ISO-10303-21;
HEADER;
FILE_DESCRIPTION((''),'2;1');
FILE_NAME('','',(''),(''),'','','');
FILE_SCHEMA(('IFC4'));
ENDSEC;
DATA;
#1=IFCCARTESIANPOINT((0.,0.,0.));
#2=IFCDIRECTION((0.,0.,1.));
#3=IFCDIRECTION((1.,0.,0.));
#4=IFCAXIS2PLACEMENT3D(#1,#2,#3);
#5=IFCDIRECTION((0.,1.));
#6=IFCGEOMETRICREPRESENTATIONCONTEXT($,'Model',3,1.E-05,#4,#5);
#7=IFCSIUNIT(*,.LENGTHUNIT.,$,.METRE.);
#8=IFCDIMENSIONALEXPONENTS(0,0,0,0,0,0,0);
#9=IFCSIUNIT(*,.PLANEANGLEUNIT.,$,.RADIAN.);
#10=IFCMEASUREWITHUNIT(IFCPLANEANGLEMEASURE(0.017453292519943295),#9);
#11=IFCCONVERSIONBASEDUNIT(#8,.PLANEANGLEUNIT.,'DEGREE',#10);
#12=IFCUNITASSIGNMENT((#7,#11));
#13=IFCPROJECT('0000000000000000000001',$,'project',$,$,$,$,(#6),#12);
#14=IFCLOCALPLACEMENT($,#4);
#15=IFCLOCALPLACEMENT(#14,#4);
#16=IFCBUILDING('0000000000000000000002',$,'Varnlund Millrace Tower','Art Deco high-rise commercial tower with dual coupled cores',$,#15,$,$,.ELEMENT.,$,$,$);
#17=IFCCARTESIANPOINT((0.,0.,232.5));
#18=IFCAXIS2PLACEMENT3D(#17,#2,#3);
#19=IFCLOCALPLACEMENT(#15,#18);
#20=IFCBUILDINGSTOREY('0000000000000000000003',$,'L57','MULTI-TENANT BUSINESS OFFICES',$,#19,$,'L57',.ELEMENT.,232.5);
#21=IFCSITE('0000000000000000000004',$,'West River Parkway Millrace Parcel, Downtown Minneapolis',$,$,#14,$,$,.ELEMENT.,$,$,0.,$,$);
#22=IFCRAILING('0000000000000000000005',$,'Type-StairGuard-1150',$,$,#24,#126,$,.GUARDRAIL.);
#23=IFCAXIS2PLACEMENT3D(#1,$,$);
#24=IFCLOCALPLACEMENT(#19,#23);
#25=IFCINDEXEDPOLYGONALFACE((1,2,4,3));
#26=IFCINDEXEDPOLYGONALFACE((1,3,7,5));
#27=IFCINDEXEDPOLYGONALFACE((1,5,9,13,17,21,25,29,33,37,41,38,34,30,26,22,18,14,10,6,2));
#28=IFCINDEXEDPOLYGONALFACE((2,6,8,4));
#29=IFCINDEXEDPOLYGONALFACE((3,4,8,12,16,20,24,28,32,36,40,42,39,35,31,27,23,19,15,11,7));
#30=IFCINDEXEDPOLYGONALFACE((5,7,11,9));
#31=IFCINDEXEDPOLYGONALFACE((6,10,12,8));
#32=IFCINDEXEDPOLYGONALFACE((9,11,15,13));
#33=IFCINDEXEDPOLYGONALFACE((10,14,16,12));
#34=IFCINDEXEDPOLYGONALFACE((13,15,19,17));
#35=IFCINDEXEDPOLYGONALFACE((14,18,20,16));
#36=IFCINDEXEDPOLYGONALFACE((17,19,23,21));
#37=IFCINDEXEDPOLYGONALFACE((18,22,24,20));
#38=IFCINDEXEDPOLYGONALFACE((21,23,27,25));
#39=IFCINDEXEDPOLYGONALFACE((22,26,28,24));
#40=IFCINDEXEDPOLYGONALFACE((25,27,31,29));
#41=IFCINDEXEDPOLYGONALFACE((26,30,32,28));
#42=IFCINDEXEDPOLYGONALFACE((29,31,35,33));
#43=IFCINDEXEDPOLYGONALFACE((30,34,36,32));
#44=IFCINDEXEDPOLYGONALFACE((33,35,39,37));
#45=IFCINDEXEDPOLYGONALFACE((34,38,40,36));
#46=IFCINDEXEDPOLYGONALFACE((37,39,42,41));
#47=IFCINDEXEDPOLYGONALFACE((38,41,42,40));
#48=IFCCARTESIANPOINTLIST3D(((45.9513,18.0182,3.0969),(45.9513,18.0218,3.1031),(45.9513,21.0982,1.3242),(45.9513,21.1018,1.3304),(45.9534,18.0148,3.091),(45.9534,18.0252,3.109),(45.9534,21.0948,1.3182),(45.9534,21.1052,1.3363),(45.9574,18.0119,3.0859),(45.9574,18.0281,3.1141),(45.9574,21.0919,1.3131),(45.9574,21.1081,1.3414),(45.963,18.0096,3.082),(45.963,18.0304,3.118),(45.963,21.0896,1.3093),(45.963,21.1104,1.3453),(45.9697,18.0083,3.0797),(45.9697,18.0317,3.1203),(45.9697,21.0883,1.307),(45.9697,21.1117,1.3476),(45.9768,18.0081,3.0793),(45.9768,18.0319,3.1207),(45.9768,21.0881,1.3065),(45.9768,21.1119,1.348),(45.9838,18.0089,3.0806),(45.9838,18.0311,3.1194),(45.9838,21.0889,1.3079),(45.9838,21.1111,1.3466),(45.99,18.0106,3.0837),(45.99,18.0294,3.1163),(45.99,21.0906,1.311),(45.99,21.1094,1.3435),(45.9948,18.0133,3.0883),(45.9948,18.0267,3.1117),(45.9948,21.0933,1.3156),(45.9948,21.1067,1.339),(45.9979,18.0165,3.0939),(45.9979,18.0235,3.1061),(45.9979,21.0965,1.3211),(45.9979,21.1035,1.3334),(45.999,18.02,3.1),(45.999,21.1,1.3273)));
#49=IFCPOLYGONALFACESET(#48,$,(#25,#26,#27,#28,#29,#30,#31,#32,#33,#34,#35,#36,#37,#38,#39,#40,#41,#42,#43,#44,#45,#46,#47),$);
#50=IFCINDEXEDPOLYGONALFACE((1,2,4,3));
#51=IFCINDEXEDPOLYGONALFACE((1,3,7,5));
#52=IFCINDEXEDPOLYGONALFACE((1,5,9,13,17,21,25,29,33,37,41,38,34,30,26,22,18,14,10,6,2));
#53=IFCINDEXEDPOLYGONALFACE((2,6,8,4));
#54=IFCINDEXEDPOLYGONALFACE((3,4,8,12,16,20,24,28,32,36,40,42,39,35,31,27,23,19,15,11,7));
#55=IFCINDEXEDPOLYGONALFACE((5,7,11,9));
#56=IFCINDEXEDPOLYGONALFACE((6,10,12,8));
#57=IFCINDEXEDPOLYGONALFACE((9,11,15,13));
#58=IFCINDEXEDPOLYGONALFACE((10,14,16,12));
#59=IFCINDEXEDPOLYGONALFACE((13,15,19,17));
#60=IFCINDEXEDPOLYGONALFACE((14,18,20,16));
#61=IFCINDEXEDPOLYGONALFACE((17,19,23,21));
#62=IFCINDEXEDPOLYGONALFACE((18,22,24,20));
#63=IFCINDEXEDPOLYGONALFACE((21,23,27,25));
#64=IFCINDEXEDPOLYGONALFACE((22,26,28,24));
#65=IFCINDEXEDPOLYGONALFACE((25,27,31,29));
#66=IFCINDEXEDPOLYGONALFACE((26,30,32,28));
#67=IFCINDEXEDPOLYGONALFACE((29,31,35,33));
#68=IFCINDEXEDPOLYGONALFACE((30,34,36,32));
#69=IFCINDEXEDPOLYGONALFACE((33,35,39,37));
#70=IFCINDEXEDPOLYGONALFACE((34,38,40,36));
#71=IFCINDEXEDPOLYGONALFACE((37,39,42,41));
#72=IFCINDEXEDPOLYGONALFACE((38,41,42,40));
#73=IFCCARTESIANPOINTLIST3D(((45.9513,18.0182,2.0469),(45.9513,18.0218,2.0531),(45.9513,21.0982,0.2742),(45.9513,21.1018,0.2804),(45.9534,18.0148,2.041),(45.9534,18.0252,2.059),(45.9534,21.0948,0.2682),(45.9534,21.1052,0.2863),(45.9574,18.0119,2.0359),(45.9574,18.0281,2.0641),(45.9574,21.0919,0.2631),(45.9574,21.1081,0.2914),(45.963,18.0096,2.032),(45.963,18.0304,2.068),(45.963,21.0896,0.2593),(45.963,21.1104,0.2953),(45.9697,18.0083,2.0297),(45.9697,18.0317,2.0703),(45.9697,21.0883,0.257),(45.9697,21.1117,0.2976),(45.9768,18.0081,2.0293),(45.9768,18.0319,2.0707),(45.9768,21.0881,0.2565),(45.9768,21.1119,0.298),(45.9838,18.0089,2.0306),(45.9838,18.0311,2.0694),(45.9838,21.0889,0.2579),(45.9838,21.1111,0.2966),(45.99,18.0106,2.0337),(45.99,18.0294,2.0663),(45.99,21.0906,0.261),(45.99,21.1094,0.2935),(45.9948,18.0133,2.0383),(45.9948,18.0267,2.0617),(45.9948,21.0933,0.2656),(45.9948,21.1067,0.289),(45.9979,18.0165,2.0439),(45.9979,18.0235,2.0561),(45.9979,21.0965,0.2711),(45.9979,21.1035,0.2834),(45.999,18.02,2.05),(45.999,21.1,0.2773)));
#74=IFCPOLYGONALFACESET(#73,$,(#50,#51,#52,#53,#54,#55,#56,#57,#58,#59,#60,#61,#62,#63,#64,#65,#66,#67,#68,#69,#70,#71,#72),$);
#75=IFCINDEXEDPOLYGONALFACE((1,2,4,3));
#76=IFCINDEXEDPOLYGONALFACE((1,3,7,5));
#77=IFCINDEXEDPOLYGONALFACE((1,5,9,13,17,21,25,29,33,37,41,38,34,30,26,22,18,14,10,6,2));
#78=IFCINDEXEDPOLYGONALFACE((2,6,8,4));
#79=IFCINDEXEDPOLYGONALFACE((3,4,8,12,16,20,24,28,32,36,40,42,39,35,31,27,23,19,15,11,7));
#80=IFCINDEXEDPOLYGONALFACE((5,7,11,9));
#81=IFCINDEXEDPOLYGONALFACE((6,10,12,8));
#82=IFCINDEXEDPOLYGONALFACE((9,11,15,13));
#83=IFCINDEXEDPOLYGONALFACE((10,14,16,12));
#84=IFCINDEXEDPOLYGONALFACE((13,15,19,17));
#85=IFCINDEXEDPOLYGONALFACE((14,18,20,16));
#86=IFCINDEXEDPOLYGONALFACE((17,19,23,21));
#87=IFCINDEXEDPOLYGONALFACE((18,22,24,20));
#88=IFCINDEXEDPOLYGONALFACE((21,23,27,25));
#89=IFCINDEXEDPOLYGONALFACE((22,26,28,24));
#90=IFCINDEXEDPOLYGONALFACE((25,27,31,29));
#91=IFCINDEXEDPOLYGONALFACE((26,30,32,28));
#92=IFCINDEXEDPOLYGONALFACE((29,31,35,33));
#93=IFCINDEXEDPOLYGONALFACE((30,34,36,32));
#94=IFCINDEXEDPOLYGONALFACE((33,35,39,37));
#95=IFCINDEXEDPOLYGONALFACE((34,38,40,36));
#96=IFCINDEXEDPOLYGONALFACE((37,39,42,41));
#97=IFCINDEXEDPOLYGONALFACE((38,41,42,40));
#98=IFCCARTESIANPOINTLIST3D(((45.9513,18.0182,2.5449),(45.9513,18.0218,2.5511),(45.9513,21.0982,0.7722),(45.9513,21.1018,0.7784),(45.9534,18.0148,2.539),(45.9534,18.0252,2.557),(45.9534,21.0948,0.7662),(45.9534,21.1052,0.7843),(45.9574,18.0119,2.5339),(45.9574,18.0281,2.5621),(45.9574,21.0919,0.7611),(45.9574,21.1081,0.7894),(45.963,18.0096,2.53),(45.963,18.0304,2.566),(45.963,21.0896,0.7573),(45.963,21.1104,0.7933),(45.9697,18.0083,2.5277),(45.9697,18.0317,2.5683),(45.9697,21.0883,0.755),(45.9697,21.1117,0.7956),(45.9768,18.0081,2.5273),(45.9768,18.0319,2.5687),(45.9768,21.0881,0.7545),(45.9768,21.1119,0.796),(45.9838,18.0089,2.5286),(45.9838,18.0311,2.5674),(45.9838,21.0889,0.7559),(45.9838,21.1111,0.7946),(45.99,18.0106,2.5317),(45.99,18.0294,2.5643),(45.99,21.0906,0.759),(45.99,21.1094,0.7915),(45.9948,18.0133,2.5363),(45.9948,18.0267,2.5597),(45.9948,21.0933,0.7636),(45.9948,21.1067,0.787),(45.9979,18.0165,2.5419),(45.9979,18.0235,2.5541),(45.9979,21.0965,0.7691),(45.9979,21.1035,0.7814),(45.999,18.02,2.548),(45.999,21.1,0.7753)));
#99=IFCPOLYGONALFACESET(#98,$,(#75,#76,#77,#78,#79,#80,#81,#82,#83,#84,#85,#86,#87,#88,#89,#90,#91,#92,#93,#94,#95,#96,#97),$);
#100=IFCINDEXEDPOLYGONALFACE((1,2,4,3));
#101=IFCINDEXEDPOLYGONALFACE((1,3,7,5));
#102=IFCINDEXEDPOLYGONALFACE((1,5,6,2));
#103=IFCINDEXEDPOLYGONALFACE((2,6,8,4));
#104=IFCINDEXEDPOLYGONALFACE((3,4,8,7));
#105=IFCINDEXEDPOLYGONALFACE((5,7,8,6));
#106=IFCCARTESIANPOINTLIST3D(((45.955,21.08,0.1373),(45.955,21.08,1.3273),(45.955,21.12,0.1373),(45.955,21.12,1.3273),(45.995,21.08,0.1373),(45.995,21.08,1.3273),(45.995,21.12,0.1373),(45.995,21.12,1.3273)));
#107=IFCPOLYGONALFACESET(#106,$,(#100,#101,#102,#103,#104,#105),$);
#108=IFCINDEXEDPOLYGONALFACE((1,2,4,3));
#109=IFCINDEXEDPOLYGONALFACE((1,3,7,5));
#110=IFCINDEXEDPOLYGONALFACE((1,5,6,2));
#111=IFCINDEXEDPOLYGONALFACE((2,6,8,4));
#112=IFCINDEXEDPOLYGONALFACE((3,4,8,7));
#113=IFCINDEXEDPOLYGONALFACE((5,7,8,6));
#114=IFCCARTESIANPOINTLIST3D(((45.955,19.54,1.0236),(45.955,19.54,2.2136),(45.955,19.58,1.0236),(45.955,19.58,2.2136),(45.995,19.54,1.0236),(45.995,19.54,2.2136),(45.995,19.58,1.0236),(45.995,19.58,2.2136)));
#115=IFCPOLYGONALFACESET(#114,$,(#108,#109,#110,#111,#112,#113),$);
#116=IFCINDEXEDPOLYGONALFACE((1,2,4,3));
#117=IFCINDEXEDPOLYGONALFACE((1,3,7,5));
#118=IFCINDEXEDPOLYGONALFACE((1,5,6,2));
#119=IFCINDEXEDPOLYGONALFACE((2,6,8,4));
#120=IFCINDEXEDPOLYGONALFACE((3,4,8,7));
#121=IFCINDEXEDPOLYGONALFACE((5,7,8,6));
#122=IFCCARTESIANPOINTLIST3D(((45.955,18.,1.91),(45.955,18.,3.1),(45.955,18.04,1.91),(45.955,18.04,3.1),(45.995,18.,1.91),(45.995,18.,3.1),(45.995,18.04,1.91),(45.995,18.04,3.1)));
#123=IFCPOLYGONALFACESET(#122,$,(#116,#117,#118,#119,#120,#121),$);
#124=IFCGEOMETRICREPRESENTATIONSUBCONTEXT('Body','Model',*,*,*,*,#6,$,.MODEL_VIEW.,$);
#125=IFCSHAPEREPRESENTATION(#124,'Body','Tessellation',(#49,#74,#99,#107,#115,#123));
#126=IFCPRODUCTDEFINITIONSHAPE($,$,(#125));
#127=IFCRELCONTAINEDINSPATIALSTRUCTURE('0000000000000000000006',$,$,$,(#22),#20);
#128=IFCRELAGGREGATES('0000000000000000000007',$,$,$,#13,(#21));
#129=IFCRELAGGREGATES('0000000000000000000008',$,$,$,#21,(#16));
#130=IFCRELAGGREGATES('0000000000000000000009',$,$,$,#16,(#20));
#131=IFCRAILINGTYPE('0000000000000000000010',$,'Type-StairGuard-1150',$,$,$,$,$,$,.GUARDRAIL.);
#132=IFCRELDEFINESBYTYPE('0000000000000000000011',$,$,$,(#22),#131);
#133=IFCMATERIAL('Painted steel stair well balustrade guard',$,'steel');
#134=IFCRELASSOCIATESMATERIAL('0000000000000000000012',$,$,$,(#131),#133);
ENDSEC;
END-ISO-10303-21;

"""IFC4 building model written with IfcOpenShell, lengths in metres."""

from ifc_helpers import new_model, entity, si_unit, converted_unit, direction, frame, origin_with_axes, origin_2d_with_axis, place, context, subcontext, project, spatial, rectangle, circle, extrude, material, type_object, element, save


model = new_model("IFC4")

# Units and contexts
model_context = context("Model", 3, precision=1e-05, world=origin_with_axes(), true_north=direction((0.0, 1.0)))
body_context = subcontext(model_context, "Body", "Model", "MODEL_VIEW")
ifc_project = project(units=[si_unit("LENGTHUNIT", "METRE"), converted_unit("PLANEANGLEUNIT", "DEGREE", entity("IfcPlaneAngleMeasure", 0.017453292519943295), si_unit("PLANEANGLEUNIT", "RADIAN"), dimensions=[0, 0, 0, 0, 0, 0, 0])], contexts=[model_context])

# Site, building, storey
site_placement = place(None, origin_with_axes())
site = spatial("IfcSite", under=ifc_project, at=site_placement, Name="West River Parkway Millrace Parcel, Downtown Minneapolis", CompositionType="ELEMENT", RefElevation=0.0)
building_placement = place(site_placement, origin_with_axes())
building = spatial("IfcBuilding", under=site, at=building_placement, Name="Varnlund Millrace Tower", Description="Art Deco high-rise commercial tower with dual coupled cores", CompositionType="ELEMENT")
storey_placement = place(building_placement, frame((0.0, 0.0, 232.5), z_axis=(0.0, 0.0, 1.0), x_axis=(1.0, 0.0, 0.0)))
storey = spatial("IfcBuildingStorey", under=building, at=storey_placement, Name="L57", Description="MULTI-TENANT BUSINESS OFFICES", LongName="L57", CompositionType="ELEMENT", Elevation=232.5)

# Railing
ifc_material_1 = material(Name="Painted steel stair well balustrade guard", Category="steel")
railing_type_1 = type_object("IfcRailingType", Name="Type-StairGuard-1150", PredefinedType="GUARDRAIL", material=ifc_material_1)
railing_1_placement = place(storey_placement, frame((0.0, 0.0, -232.5), z_axis=(0.0, 0.0, 1.0), x_axis=(1.0, 0.0, 0.0)))
element("IfcRailing", 1, at=railing_1_placement, inside=storey, type_object=railing_type_1, Name="Type-StairGuard-1150", PredefinedType="GUARDRAIL", context=body_context, shape_type="SweptSolid", body=[
    extrude(circle(Radius=0.024, at=origin_2d_with_axis()), frame((45.975, 21.1, 233.8273), z_axis=(0.0, -0.866696, 0.498836), x_axis=(1.0, 0.0, 0.0)), (0.0, 0.0, 1.0), 3.5537),
    extrude(circle(Radius=0.024, at=origin_2d_with_axis()), frame((45.975, 21.1, 232.7773), z_axis=(0.0, -0.866696, 0.498836), x_axis=(1.0, 0.0, 0.0)), (0.0, 0.0, 1.0), 3.5537),
    extrude(circle(Radius=0.024, at=origin_2d_with_axis()), frame((45.975, 21.1, 233.2753), z_axis=(0.0, -0.866696, 0.498836), x_axis=(1.0, 0.0, 0.0)), (0.0, 0.0, 1.0), 3.5537),
    extrude(rectangle(XDim=0.04, YDim=0.04, at=origin_2d_with_axis()), frame((45.975, 21.1, 232.6373), z_axis=(0.0, 0.0, 1.0), x_axis=(1.0, 0.0, 0.0)), (0.0, 0.0, 1.0), 1.19),
    extrude(rectangle(XDim=0.04, YDim=0.04, at=origin_2d_with_axis()), frame((45.975, 19.56, 233.5236), z_axis=(0.0, 0.0, 1.0), x_axis=(1.0, 0.0, 0.0)), (0.0, 0.0, 1.0), 1.19),
    extrude(rectangle(XDim=0.04, YDim=0.04, at=origin_2d_with_axis()), frame((45.975, 18.02, 234.41), z_axis=(0.0, 0.0, 1.0), x_axis=(1.0, 0.0, 0.0)), (0.0, 0.0, 1.0), 1.19),
])

save(model, "model.ifc")
